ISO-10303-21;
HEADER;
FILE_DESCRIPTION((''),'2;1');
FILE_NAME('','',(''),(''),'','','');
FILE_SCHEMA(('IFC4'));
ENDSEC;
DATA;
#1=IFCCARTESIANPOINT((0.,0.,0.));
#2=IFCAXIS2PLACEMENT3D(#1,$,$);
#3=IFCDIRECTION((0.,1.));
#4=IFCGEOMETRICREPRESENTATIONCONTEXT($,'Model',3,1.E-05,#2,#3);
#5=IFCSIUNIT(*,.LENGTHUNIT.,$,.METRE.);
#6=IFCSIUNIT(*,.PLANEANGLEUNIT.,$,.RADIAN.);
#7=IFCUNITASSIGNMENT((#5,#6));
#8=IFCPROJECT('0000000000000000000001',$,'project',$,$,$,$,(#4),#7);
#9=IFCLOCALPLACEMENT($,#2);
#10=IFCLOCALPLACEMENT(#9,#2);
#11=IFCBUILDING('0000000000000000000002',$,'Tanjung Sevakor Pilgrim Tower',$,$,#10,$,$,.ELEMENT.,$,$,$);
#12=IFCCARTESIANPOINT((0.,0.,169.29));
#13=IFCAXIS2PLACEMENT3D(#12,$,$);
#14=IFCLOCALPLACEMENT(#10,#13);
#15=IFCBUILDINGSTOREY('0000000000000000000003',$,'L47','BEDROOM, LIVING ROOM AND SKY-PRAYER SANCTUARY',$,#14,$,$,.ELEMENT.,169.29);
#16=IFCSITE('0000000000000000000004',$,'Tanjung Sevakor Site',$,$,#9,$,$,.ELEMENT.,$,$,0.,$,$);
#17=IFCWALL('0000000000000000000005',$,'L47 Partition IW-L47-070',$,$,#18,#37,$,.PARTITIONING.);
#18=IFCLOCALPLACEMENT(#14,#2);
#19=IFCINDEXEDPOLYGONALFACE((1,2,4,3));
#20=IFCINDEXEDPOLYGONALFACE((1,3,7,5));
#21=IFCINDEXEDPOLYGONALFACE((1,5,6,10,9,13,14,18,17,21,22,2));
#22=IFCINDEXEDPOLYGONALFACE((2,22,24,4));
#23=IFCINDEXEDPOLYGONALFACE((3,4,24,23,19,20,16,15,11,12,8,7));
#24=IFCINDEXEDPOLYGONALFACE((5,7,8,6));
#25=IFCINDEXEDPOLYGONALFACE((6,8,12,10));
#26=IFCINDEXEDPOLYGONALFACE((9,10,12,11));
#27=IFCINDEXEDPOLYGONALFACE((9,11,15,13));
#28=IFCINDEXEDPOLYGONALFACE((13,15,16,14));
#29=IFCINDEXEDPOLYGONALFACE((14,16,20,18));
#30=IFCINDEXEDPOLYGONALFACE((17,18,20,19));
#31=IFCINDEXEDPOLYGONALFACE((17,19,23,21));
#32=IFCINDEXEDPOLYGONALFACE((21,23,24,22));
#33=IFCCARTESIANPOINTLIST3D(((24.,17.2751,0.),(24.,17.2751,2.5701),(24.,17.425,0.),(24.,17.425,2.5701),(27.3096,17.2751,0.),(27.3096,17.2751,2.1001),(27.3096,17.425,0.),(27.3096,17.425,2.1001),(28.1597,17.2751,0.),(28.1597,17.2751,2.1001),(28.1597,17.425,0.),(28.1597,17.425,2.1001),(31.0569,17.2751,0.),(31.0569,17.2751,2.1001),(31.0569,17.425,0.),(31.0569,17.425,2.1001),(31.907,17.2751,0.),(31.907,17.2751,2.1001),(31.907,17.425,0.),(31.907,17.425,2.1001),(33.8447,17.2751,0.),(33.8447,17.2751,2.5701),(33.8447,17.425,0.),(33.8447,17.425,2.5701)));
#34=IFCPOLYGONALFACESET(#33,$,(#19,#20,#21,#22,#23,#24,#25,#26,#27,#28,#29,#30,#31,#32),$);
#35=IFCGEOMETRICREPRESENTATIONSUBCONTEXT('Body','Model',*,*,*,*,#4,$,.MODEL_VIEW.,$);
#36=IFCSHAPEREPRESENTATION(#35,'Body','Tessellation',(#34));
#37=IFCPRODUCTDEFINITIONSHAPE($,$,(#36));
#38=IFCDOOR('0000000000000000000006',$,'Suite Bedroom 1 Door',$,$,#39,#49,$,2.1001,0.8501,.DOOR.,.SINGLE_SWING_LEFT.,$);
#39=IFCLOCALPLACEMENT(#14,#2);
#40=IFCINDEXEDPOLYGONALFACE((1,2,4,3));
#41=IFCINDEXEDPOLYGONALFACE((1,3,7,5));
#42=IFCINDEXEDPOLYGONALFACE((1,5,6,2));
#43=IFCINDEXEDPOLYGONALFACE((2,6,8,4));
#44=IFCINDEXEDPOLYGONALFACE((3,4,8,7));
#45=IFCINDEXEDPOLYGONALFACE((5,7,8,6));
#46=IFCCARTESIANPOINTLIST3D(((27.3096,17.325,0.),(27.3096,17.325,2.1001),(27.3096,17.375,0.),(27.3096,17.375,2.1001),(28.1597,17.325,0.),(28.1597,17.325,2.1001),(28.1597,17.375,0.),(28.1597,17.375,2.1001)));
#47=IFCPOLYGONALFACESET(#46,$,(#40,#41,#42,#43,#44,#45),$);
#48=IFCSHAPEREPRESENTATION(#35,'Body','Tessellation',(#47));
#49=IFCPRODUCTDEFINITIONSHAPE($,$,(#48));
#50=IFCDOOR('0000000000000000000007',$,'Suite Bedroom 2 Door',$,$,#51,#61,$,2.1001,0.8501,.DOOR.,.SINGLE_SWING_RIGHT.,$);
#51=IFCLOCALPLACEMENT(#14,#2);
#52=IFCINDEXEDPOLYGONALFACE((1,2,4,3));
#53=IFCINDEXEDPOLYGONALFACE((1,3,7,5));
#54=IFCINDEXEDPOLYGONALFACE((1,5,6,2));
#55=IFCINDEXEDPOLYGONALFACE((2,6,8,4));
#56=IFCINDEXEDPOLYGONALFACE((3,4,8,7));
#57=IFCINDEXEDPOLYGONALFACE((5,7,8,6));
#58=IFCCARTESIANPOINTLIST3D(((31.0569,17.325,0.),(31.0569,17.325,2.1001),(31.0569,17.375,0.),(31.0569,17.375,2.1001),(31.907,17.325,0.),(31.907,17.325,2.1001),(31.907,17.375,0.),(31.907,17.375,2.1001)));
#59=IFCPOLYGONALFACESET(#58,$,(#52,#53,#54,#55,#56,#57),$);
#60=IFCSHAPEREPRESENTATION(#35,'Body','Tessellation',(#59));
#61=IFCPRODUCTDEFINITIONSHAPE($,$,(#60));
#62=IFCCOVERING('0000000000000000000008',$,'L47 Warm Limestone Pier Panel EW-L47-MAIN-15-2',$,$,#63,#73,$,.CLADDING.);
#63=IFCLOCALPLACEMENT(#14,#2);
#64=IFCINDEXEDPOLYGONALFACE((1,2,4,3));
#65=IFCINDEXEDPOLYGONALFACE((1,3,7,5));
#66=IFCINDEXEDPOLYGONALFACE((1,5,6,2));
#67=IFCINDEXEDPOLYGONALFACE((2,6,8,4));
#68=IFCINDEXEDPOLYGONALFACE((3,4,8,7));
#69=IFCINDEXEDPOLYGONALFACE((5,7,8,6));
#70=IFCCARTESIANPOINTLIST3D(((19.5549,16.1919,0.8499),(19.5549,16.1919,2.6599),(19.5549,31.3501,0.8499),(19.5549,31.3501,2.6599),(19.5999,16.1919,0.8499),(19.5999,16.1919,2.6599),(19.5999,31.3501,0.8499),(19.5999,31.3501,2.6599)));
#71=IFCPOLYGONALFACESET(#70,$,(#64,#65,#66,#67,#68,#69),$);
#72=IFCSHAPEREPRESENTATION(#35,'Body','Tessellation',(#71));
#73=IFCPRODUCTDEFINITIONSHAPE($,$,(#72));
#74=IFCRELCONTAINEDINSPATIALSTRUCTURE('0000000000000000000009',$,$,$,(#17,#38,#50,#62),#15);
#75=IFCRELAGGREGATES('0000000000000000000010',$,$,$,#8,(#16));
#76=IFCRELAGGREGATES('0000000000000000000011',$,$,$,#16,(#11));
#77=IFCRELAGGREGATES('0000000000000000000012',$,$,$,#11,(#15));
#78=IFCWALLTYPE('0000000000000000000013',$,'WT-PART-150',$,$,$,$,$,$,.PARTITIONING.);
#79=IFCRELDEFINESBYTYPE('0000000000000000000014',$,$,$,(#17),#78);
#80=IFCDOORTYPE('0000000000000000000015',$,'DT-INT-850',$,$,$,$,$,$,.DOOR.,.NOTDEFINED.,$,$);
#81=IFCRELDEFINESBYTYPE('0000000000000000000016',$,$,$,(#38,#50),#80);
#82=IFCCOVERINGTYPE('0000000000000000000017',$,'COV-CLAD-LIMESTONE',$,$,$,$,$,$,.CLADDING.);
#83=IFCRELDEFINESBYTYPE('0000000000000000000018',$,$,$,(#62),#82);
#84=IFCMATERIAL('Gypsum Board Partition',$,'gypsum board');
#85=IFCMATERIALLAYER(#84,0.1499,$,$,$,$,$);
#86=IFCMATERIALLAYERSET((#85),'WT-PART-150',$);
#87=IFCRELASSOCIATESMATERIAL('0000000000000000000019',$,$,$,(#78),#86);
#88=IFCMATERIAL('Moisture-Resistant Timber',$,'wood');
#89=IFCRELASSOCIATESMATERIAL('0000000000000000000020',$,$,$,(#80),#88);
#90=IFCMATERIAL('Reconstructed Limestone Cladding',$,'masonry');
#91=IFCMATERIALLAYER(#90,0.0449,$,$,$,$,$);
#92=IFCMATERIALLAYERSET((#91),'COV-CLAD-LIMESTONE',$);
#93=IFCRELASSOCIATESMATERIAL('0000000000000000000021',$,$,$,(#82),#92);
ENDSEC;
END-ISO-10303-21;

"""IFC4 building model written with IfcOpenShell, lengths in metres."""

from ifc_helpers import new_model, si_unit, direction, frame, frame_2d, origin, origin_2d, place, context, subcontext, project, spatial, rectangle, extrude, material, layer, layer_set, type_object, element, fill, save


model = new_model("IFC4")

# Units and contexts
model_context = context("Model", 3, precision=1e-05, world=origin(), true_north=direction((0.0, 1.0)))
body_context = subcontext(model_context, "Body", "Model", "MODEL_VIEW")
ifc_project = project(units=[si_unit("LENGTHUNIT", "METRE"), si_unit("PLANEANGLEUNIT", "RADIAN")], contexts=[model_context])

# Site, building, storey
site_placement = place(None, origin())
site = spatial("IfcSite", under=ifc_project, at=site_placement, Name="Tanjung Sevakor Site", CompositionType="ELEMENT", RefElevation=0.0)
building_placement = place(site_placement, origin())
building = spatial("IfcBuilding", under=site, at=building_placement, Name="Tanjung Sevakor Pilgrim Tower", CompositionType="ELEMENT")
storey_placement = place(building_placement, frame((0.0, 0.0, 169.29)))
storey = spatial("IfcBuildingStorey", under=building, at=storey_placement, Name="L47", Description="BEDROOM, LIVING ROOM AND SKY-PRAYER SANCTUARY", CompositionType="ELEMENT", Elevation=169.29)

# Wall, openings, doors
ifc_material_1 = material(Name="Gypsum Board Partition", Category="gypsum board")
ifc_layer_1 = layer(ifc_material_1, 0.1499)
ifc_layer_set_1 = layer_set([ifc_layer_1], Name="WT-PART-150")
wall_type_1 = type_object("IfcWallType", Name="WT-PART-150", PredefinedType="PARTITIONING", material=ifc_layer_set_1)
wall_1_placement = place(storey_placement, frame((24.0, 17.3501, 0.0), z_axis=(0.0, 0.0, 1.0), x_axis=(1.0, 0.0, 0.0)))
wall_1 = element("IfcWall", 1, at=wall_1_placement, inside=storey, type_object=wall_type_1, Name="L47 Partition IW-L47-070", PredefinedType="PARTITIONING", context=body_context, shape_type="SweptSolid", body=[
    extrude(rectangle(XDim=9.8447, YDim=0.1499, at=frame_2d((4.9224, 0.0))), origin(), (0.0, 0.0, 1.0), 2.5701),
])
opening_1_placement = place(wall_1_placement, frame((3.3096, 0.0, 0.0)))
opening_1 = element("IfcOpeningElement", 2, at=opening_1_placement, cuts=wall_1, PredefinedType="OPENING", context=body_context, shape_type="SweptSolid", body=[
    extrude(rectangle(XDim=0.8501, YDim=2.1001, at=frame_2d((0.425, 1.05))), frame((0.0, 0.085, 0.0), z_axis=(0.0, -1.0, 0.0), x_axis=(1.0, 0.0, 0.0)), (0.0, 0.0, 1.0), 0.1699),
])
opening_2_placement = place(wall_1_placement, frame((7.0569, 0.0, 0.0)))
opening_2 = element("IfcOpeningElement", 3, at=opening_2_placement, cuts=wall_1, PredefinedType="OPENING", context=body_context, shape_type="SweptSolid", body=[
    extrude(rectangle(XDim=0.8501, YDim=2.1001, at=frame_2d((0.425, 1.05))), frame((0.0, 0.085, 0.0), z_axis=(0.0, -1.0, 0.0), x_axis=(1.0, 0.0, 0.0)), (0.0, 0.0, 1.0), 0.1699),
])
ifc_material_2 = material(Name="Moisture-Resistant Timber", Category="wood")
door_type_1 = type_object("IfcDoorType", Name="DT-INT-850", OperationType="NOTDEFINED", PredefinedType="DOOR", material=ifc_material_2)
door_1_placement = place(opening_1_placement, origin())
door_1 = element("IfcDoor", 4, at=door_1_placement, inside=storey, type_object=door_type_1, Name="Suite Bedroom 1 Door", OperationType="SINGLE_SWING_LEFT", OverallHeight=2.1001, OverallWidth=0.8501, PredefinedType="DOOR", context=body_context, shape_type="SweptSolid", body=[
    extrude(rectangle(XDim=0.8501, YDim=2.1001, at=frame_2d((0.425, 1.05))), frame((0.0, 0.0249, 0.0), z_axis=(0.0, -1.0, 0.0), x_axis=(1.0, 0.0, 0.0)), (0.0, 0.0, 1.0), 0.05),
])
fill(opening_1, door_1)
door_2_placement = place(opening_2_placement, origin())
door_2 = element("IfcDoor", 5, at=door_2_placement, inside=storey, type_object=door_type_1, Name="Suite Bedroom 2 Door", OperationType="SINGLE_SWING_RIGHT", OverallHeight=2.1001, OverallWidth=0.8501, PredefinedType="DOOR", context=body_context, shape_type="SweptSolid", body=[
    extrude(rectangle(XDim=0.8501, YDim=2.1001, at=frame_2d((0.425, 1.05))), frame((0.0, 0.0249, 0.0), z_axis=(0.0, -1.0, 0.0), x_axis=(1.0, 0.0, 0.0)), (0.0, 0.0, 1.0), 0.05),
])
fill(opening_2, door_2)

# Covering
ifc_material_3 = material(Name="Reconstructed Limestone Cladding", Category="masonry")
ifc_layer_2 = layer(ifc_material_3, 0.0449)
ifc_layer_set_2 = layer_set([ifc_layer_2], Name="COV-CLAD-LIMESTONE")
covering_type = type_object("IfcCoveringType", Name="COV-CLAD-LIMESTONE", PredefinedType="CLADDING", material=ifc_layer_set_2)
covering_placement = place(storey_placement, frame((19.5774, 23.771, 0.8499), z_axis=(0.0, 0.0, 1.0), x_axis=(0.0, -1.0, 0.0)))
element("IfcCovering", 6, at=covering_placement, inside=storey, type_object=covering_type, Name="L47 Warm Limestone Pier Panel EW-L47-MAIN-15-2", PredefinedType="CLADDING", context=body_context, shape_type="SweptSolid", body=[
    extrude(rectangle(XDim=15.1582, YDim=0.0449, at=origin_2d()), origin(), (0.0, 0.0, 1.0), 1.8101),
])

save(model, "model.ifc")
